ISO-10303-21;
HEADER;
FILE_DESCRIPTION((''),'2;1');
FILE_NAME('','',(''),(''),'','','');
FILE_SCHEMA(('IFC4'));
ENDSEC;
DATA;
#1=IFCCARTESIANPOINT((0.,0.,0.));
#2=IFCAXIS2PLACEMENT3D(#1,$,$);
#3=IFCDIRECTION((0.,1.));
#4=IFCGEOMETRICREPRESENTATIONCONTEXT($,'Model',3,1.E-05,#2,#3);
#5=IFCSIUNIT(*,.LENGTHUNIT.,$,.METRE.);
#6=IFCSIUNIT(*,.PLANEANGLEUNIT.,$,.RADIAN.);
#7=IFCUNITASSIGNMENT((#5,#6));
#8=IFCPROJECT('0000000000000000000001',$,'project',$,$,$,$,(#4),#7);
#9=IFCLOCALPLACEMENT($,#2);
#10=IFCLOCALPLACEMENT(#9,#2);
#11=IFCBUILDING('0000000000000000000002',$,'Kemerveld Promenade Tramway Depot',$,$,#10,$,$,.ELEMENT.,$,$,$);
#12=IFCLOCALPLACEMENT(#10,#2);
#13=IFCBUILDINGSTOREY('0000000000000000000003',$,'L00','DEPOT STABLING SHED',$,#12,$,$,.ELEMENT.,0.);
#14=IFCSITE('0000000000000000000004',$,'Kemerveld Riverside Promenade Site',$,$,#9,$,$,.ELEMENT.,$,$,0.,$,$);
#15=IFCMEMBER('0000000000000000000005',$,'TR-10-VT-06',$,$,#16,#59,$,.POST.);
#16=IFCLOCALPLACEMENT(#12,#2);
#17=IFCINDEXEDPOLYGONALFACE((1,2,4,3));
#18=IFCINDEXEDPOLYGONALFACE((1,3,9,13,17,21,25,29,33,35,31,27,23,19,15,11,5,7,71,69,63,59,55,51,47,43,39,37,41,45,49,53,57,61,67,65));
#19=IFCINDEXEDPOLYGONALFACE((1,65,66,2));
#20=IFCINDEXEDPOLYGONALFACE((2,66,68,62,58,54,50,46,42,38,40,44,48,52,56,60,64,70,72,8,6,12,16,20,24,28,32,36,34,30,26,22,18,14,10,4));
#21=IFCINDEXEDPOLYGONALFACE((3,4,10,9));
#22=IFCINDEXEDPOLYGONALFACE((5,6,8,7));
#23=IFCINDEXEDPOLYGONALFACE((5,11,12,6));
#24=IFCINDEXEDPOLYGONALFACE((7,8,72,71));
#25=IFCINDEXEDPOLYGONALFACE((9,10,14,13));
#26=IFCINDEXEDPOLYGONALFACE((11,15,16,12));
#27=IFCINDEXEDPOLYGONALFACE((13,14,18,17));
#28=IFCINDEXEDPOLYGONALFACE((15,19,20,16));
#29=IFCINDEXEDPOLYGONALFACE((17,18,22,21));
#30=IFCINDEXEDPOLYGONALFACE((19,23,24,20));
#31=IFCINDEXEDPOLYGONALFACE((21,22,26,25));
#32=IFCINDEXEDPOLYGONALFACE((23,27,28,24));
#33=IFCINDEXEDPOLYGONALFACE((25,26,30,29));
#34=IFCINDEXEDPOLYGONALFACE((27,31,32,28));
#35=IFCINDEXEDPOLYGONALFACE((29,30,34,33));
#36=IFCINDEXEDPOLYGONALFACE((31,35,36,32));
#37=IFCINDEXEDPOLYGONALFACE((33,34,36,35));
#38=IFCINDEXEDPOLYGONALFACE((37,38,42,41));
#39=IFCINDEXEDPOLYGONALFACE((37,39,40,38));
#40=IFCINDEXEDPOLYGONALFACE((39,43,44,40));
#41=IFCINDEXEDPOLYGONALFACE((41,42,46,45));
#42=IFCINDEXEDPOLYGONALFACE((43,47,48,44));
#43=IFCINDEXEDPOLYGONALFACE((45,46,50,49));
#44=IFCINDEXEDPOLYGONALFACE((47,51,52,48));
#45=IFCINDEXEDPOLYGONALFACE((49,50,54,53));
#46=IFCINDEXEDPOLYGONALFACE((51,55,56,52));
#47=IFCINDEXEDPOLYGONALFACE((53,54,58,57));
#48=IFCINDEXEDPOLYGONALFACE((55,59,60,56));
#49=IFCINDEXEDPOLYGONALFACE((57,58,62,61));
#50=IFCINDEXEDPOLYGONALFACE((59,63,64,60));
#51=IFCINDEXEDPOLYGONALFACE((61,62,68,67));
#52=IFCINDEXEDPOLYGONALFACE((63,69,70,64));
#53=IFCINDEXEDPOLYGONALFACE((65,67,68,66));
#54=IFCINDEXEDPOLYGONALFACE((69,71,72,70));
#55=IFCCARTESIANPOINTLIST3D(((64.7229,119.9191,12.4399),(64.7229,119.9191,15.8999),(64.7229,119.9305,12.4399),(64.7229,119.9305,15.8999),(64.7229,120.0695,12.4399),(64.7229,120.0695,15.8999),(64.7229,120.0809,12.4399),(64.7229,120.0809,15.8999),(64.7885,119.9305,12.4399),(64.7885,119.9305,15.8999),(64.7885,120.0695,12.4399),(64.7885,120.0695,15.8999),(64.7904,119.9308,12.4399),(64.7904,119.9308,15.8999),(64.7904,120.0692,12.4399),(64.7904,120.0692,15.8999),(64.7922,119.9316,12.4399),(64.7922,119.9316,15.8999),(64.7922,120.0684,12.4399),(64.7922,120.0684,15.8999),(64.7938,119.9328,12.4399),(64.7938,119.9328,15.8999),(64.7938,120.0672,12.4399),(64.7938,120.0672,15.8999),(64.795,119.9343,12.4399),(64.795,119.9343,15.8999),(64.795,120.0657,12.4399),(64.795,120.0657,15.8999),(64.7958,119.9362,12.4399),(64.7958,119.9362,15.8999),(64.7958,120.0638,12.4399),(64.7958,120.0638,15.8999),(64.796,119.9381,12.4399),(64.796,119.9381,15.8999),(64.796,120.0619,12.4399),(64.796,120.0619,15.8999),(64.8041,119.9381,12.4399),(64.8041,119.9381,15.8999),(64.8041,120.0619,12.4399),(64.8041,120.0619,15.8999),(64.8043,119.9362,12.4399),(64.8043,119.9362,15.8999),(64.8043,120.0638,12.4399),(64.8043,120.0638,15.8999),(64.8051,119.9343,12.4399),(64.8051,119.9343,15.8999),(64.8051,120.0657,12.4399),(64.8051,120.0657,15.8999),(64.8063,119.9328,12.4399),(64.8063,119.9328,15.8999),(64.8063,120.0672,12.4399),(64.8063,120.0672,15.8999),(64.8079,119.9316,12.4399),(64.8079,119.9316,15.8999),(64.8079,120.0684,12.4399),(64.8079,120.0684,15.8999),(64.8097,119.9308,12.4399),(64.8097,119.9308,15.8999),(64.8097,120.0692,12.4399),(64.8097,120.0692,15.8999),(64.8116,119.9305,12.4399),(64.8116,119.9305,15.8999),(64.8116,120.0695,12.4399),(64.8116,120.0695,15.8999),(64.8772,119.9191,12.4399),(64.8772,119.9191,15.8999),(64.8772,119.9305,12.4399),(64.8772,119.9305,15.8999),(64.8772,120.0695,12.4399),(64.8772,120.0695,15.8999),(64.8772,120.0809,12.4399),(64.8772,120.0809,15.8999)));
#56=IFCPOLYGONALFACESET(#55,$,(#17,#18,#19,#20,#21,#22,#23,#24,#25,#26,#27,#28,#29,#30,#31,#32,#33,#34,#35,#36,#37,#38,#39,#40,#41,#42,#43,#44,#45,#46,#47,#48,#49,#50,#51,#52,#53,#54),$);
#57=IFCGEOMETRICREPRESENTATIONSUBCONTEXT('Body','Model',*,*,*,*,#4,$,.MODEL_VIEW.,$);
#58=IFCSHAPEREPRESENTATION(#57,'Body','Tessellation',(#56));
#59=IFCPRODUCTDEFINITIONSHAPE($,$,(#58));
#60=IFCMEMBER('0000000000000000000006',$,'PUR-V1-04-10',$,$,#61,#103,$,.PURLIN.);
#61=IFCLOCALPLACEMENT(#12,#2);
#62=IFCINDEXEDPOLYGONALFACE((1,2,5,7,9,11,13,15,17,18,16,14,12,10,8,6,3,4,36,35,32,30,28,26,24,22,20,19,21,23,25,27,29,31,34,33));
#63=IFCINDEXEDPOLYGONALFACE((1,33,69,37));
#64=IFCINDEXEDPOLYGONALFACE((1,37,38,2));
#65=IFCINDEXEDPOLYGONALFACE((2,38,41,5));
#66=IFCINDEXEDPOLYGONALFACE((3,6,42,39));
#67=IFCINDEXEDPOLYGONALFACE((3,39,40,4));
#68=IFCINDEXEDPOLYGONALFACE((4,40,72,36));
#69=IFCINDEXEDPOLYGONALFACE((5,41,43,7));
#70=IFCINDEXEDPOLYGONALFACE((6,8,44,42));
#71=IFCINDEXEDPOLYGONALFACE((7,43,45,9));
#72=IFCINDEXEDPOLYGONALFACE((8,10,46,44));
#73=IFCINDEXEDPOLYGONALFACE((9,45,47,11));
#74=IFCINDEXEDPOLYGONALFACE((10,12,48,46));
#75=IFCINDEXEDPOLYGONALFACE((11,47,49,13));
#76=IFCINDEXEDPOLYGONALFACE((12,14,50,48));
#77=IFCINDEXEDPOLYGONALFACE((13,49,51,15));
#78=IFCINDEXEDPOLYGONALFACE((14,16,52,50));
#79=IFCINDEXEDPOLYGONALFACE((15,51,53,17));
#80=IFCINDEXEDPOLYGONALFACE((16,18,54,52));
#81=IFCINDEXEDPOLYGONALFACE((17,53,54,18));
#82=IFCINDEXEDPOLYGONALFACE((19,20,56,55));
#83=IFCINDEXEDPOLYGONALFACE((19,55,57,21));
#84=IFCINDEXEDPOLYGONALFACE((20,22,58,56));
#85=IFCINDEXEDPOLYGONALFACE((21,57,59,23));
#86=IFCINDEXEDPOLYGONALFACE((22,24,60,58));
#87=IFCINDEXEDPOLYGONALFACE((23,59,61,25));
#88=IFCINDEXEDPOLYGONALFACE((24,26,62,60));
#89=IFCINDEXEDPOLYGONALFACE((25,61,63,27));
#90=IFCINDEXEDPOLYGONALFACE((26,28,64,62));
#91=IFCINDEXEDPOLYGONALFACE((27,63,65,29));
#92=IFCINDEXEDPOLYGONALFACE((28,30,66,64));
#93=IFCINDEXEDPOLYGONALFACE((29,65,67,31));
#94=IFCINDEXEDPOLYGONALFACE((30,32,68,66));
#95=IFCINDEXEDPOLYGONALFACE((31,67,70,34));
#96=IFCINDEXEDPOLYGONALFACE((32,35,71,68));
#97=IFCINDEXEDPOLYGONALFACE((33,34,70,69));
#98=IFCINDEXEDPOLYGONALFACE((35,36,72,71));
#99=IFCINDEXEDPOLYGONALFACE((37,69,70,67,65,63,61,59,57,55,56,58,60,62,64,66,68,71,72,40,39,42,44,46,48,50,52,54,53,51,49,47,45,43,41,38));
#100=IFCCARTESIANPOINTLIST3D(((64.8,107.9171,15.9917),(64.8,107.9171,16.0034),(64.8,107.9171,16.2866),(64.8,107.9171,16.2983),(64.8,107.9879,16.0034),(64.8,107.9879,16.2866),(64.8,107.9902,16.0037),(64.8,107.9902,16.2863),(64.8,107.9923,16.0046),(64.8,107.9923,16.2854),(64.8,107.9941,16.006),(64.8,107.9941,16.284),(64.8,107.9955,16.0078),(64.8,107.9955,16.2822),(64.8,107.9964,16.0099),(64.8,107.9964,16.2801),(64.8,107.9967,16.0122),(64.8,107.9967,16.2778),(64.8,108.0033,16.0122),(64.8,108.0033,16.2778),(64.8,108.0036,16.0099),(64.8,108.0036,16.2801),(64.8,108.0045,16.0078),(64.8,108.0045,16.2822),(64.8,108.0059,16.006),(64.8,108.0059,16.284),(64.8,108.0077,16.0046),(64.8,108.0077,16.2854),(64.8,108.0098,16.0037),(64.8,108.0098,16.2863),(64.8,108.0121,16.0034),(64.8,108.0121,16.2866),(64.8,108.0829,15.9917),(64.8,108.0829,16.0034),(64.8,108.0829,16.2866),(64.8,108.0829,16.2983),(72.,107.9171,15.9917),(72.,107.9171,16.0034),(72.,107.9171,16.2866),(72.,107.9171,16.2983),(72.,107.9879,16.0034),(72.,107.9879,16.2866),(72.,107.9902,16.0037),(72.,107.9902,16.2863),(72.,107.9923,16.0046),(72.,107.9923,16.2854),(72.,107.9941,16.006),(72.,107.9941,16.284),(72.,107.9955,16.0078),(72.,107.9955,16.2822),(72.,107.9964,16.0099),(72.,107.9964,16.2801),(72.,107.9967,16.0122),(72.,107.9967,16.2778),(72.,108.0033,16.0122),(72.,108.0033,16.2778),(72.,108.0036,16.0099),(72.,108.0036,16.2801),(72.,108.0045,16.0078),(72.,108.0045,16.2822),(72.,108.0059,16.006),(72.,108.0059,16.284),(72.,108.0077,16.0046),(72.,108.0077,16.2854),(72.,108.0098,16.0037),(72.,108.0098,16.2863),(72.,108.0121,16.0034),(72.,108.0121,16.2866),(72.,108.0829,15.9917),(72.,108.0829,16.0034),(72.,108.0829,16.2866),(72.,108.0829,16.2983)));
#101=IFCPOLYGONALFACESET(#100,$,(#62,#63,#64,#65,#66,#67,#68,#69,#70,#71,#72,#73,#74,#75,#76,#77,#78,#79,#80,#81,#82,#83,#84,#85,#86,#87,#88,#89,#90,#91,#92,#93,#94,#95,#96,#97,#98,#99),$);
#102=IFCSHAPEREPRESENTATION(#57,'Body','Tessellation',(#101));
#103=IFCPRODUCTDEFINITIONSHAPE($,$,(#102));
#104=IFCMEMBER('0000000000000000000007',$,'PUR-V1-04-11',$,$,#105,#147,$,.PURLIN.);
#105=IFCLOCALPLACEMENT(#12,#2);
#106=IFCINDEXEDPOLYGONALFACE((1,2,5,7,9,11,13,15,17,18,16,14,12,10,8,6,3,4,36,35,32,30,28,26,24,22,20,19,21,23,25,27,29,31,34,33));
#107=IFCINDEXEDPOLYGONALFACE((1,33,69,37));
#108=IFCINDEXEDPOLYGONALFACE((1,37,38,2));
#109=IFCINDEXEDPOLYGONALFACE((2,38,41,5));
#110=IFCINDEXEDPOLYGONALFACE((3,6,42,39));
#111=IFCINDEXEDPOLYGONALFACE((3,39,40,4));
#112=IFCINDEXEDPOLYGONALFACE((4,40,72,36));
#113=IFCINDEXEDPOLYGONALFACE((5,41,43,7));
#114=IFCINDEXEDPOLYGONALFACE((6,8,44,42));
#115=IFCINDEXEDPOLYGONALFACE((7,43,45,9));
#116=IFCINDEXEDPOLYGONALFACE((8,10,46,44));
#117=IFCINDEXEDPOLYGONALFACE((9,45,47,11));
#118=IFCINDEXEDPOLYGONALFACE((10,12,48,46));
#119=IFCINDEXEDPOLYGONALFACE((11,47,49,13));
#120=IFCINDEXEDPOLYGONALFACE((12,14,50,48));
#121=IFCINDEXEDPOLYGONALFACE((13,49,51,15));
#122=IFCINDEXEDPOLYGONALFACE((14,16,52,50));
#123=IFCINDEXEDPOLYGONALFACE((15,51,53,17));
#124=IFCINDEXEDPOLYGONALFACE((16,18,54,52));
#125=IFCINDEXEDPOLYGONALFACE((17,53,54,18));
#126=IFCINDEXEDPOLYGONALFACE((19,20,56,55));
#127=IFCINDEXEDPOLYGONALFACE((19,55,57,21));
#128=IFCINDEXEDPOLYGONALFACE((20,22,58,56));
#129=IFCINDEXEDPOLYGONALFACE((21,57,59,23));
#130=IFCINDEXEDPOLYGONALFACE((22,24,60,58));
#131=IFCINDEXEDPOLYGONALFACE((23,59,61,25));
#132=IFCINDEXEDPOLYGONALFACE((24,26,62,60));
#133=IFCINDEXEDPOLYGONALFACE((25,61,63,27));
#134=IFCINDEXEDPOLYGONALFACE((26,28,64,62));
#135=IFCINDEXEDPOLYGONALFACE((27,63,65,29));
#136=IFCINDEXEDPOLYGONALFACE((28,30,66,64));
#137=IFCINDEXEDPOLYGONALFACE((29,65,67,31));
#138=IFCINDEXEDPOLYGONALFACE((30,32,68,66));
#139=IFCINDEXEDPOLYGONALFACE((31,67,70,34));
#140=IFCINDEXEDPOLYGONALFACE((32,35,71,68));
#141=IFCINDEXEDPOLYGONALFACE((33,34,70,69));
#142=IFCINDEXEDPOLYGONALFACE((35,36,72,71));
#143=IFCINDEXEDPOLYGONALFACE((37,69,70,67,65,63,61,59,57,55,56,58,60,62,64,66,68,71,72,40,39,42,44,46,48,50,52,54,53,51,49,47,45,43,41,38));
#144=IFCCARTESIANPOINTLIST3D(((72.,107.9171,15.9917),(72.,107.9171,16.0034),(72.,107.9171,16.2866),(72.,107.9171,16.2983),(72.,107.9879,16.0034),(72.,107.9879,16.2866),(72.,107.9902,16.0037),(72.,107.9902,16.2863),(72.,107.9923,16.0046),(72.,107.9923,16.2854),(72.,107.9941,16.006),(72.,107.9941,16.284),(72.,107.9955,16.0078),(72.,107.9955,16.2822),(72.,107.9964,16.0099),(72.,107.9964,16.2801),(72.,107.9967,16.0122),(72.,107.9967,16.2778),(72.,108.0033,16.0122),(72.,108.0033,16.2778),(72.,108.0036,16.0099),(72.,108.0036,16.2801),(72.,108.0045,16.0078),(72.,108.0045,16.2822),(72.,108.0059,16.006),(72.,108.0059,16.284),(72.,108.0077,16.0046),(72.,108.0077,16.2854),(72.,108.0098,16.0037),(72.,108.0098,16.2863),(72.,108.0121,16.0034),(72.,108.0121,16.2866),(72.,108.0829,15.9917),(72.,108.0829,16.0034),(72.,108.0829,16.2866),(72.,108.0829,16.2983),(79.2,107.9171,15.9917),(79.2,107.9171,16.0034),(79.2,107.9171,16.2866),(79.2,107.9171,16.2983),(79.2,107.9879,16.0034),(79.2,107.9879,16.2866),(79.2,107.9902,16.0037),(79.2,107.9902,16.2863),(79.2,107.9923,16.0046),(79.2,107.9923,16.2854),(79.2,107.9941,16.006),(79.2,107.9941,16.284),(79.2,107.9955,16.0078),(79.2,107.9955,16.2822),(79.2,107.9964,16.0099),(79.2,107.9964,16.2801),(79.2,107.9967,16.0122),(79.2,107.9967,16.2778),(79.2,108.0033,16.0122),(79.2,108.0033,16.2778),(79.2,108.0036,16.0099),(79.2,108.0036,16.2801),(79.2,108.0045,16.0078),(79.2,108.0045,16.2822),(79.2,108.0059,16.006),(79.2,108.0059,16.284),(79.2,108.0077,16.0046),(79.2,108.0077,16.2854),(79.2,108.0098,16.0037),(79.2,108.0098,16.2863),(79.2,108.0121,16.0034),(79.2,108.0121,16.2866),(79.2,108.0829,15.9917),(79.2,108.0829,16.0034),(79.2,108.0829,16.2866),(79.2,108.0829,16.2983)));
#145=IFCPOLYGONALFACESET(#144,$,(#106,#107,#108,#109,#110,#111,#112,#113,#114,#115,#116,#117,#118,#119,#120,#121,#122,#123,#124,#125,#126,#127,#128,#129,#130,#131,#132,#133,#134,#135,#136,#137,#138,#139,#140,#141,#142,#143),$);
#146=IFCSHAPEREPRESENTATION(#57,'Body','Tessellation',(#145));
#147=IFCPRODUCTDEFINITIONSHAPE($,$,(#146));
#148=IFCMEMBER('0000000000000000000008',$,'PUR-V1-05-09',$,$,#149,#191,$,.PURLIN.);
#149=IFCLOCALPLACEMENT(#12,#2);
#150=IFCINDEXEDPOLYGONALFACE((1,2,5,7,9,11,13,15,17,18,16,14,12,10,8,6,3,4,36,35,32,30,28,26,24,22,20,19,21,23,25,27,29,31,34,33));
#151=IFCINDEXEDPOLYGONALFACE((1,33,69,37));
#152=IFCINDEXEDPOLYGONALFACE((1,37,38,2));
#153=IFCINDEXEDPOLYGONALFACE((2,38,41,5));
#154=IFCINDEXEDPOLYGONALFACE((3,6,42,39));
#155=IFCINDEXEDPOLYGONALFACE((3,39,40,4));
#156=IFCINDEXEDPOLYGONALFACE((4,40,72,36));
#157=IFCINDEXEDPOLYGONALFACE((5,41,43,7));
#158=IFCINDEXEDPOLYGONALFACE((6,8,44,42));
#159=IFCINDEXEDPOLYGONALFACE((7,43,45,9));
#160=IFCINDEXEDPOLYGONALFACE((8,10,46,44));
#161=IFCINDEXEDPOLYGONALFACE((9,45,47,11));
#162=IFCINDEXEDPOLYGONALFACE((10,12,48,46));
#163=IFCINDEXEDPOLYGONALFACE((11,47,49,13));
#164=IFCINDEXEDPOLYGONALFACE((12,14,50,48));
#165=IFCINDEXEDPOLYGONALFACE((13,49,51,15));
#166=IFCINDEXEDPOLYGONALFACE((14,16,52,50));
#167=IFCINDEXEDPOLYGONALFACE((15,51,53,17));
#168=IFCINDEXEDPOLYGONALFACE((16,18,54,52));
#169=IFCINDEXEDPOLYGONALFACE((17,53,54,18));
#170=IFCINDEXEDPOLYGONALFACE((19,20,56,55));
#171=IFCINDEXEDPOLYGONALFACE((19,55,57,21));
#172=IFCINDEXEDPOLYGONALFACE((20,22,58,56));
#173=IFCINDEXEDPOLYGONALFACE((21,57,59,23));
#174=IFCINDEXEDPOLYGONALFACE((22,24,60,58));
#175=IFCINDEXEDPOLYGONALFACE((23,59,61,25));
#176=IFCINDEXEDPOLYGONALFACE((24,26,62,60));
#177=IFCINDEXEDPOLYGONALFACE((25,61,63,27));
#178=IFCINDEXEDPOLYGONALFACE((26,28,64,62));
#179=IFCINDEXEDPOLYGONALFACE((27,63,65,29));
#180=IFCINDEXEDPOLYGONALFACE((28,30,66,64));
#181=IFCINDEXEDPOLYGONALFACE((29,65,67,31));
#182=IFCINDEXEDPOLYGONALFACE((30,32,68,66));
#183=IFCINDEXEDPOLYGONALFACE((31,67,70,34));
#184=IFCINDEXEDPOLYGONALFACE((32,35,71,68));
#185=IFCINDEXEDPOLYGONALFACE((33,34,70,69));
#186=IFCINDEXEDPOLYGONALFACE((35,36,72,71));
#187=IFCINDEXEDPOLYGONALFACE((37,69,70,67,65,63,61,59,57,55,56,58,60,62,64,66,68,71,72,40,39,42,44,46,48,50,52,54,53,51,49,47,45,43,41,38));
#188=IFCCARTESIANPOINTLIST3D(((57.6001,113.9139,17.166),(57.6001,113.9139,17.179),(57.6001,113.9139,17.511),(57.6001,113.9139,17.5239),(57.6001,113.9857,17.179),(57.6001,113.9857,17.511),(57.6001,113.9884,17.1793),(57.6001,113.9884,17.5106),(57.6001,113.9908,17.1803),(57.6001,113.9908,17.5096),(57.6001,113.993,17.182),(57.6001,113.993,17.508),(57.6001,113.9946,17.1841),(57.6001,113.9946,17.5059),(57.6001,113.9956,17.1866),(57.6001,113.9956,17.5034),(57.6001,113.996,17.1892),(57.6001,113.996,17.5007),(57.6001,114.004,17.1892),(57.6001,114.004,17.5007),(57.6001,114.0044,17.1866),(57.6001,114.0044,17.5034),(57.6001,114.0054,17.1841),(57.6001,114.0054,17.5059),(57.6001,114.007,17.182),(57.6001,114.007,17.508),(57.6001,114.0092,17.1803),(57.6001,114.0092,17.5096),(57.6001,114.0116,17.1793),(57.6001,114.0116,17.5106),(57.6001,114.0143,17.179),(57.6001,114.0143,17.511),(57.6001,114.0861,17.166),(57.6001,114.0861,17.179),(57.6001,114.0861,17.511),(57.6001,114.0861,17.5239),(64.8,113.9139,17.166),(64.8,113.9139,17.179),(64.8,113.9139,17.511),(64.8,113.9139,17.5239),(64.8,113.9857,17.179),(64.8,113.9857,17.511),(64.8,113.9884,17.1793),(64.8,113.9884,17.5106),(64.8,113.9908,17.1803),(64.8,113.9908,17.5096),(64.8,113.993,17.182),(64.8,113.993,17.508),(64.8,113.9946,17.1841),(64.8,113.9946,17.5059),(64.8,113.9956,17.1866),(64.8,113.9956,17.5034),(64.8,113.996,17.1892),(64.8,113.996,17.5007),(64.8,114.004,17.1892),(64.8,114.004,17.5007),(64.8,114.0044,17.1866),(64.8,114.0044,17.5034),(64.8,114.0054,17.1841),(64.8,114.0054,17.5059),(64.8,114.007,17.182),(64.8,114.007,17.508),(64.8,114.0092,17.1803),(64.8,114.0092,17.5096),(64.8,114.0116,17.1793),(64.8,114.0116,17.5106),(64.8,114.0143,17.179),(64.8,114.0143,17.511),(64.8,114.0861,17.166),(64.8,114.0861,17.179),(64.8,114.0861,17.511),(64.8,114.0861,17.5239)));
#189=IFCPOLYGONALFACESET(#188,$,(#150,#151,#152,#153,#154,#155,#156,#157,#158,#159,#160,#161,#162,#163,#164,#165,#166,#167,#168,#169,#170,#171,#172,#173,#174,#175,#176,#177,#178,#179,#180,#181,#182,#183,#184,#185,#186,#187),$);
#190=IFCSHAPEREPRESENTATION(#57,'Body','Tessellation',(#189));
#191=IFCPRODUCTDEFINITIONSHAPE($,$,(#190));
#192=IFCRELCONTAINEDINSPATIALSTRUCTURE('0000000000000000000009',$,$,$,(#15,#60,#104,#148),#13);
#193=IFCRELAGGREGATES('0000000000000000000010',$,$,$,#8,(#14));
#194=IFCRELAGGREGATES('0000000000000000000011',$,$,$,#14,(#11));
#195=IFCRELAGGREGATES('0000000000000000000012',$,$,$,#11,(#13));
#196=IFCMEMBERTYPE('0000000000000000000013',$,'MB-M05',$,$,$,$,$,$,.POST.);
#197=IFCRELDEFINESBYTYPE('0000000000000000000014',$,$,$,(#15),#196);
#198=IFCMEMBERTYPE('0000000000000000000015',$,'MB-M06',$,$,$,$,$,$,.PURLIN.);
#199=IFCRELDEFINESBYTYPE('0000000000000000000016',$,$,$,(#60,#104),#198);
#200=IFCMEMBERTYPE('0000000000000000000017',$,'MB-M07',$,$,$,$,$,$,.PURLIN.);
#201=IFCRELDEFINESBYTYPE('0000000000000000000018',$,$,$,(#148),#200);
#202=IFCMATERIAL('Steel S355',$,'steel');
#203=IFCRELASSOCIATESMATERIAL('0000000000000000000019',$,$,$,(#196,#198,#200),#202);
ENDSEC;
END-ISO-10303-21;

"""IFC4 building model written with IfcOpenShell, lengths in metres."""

from ifc_helpers import new_model, si_unit, direction, frame, origin, origin_2d, place, context, subcontext, project, spatial, i_section, extrude, material, material_profile, profile_set, type_object, element, save


model = new_model("IFC4")

# Units and contexts
model_context = context("Model", 3, precision=1e-05, world=origin(), true_north=direction((0.0, 1.0)))
body_context = subcontext(model_context, "Body", "Model", "MODEL_VIEW")
ifc_project = project(units=[si_unit("LENGTHUNIT", "METRE"), si_unit("PLANEANGLEUNIT", "RADIAN")], contexts=[model_context])

# Site, building, storey
site_placement = place(None, origin())
site = spatial("IfcSite", under=ifc_project, at=site_placement, Name="Kemerveld Riverside Promenade Site", CompositionType="ELEMENT", RefElevation=0.0)
building_placement = place(site_placement, origin())
building = spatial("IfcBuilding", under=site, at=building_placement, Name="Kemerveld Promenade Tramway Depot", CompositionType="ELEMENT")
storey_placement = place(building_placement, origin())
storey = spatial("IfcBuildingStorey", under=building, at=storey_placement, Name="L00", Description="DEPOT STABLING SHED", CompositionType="ELEMENT", Elevation=0.0)

# Members
ifc_material_1 = material(Name="Steel S355", Category="steel")
ifc_material_profile_1 = material_profile(ifc_material_1, i_section(OverallWidth=0.1543, OverallDepth=0.1619, WebThickness=0.0081, FlangeThickness=0.0115, FilletRadius=0.0076, at=origin_2d()), Name="152x152x37 UC")
ifc_profile_set_1 = profile_set([ifc_material_profile_1], Name="Steel S355")
member_type_1 = type_object("IfcMemberType", Name="MB-M05", PredefinedType="POST", material=ifc_profile_set_1)
member_1_placement = place(storey_placement, frame((64.8, 120.0, 12.4399), z_axis=(0.0, 0.0, 1.0), x_axis=(1.0, 0.0, 0.0)))
element("IfcMember", 1, at=member_1_placement, inside=storey, type_object=member_type_1, Name="TR-10-VT-06", PredefinedType="POST", context=body_context, shape_type="SweptSolid", body=[
    extrude(i_section(OverallWidth=0.1543, OverallDepth=0.1619, WebThickness=0.0081, FlangeThickness=0.0115, FilletRadius=0.0076, at=origin_2d()), origin(), (0.0, 0.0, 1.0), 3.46),
])
ifc_material_profile_2 = material_profile(ifc_material_1, i_section(OverallWidth=0.1658, OverallDepth=0.3066, WebThickness=0.0066, FlangeThickness=0.0117, FilletRadius=0.0088, at=origin_2d()), Name="305x165x46 UB")
ifc_profile_set_2 = profile_set([ifc_material_profile_2], Name="Steel S355")
member_type_2 = type_object("IfcMemberType", Name="MB-M06", PredefinedType="PURLIN", material=ifc_profile_set_2)
for number, where, z_axis, x_axis, name in (
    (2, (64.8, 108.0, 16.145), (1.0, 0.0, 0.0), (0.0, 1.0, 0.0), "PUR-V1-04-10"),
    (3, (72.0, 108.0, 16.145), (1.0, 0.0, 0.0), (0.0, 1.0, 0.0), "PUR-V1-04-11"),
):
    element("IfcMember", number, at=place(storey_placement, frame(where, z_axis=z_axis, x_axis=x_axis)), inside=storey, type_object=member_type_2, Name=name, PredefinedType="PURLIN", context=body_context, shape_type="SweptSolid", body=[
        extrude(i_section(OverallWidth=0.1658, OverallDepth=0.3066, WebThickness=0.0066, FlangeThickness=0.0117, FilletRadius=0.0088, at=origin_2d()), origin(), (0.0, 0.0, 1.0), 7.2),
    ])
ifc_material_profile_3 = material_profile(ifc_material_1, i_section(OverallWidth=0.1721, OverallDepth=0.3579, WebThickness=0.0081, FlangeThickness=0.0129, FilletRadius=0.0103, at=origin_2d()), Name="356x171x57 UB")
ifc_profile_set_3 = profile_set([ifc_material_profile_3], Name="Steel S355")
member_type_3 = type_object("IfcMemberType", Name="MB-M07", PredefinedType="PURLIN", material=ifc_profile_set_3)
for number, where, z_axis, x_axis, name in (
    (4, (57.6001, 114.0, 17.345), (1.0, 0.0, 0.0), (0.0, 1.0, 0.0), "PUR-V1-05-09"),
):
    element("IfcMember", number, at=place(storey_placement, frame(where, z_axis=z_axis, x_axis=x_axis)), inside=storey, type_object=member_type_3, Name=name, PredefinedType="PURLIN", context=body_context, shape_type="SweptSolid", body=[
        extrude(i_section(OverallWidth=0.1721, OverallDepth=0.3579, WebThickness=0.0081, FlangeThickness=0.0129, FilletRadius=0.0103, at=origin_2d()), origin(), (0.0, 0.0, 1.0), 7.2),
    ])

save(model, "model.ifc")
